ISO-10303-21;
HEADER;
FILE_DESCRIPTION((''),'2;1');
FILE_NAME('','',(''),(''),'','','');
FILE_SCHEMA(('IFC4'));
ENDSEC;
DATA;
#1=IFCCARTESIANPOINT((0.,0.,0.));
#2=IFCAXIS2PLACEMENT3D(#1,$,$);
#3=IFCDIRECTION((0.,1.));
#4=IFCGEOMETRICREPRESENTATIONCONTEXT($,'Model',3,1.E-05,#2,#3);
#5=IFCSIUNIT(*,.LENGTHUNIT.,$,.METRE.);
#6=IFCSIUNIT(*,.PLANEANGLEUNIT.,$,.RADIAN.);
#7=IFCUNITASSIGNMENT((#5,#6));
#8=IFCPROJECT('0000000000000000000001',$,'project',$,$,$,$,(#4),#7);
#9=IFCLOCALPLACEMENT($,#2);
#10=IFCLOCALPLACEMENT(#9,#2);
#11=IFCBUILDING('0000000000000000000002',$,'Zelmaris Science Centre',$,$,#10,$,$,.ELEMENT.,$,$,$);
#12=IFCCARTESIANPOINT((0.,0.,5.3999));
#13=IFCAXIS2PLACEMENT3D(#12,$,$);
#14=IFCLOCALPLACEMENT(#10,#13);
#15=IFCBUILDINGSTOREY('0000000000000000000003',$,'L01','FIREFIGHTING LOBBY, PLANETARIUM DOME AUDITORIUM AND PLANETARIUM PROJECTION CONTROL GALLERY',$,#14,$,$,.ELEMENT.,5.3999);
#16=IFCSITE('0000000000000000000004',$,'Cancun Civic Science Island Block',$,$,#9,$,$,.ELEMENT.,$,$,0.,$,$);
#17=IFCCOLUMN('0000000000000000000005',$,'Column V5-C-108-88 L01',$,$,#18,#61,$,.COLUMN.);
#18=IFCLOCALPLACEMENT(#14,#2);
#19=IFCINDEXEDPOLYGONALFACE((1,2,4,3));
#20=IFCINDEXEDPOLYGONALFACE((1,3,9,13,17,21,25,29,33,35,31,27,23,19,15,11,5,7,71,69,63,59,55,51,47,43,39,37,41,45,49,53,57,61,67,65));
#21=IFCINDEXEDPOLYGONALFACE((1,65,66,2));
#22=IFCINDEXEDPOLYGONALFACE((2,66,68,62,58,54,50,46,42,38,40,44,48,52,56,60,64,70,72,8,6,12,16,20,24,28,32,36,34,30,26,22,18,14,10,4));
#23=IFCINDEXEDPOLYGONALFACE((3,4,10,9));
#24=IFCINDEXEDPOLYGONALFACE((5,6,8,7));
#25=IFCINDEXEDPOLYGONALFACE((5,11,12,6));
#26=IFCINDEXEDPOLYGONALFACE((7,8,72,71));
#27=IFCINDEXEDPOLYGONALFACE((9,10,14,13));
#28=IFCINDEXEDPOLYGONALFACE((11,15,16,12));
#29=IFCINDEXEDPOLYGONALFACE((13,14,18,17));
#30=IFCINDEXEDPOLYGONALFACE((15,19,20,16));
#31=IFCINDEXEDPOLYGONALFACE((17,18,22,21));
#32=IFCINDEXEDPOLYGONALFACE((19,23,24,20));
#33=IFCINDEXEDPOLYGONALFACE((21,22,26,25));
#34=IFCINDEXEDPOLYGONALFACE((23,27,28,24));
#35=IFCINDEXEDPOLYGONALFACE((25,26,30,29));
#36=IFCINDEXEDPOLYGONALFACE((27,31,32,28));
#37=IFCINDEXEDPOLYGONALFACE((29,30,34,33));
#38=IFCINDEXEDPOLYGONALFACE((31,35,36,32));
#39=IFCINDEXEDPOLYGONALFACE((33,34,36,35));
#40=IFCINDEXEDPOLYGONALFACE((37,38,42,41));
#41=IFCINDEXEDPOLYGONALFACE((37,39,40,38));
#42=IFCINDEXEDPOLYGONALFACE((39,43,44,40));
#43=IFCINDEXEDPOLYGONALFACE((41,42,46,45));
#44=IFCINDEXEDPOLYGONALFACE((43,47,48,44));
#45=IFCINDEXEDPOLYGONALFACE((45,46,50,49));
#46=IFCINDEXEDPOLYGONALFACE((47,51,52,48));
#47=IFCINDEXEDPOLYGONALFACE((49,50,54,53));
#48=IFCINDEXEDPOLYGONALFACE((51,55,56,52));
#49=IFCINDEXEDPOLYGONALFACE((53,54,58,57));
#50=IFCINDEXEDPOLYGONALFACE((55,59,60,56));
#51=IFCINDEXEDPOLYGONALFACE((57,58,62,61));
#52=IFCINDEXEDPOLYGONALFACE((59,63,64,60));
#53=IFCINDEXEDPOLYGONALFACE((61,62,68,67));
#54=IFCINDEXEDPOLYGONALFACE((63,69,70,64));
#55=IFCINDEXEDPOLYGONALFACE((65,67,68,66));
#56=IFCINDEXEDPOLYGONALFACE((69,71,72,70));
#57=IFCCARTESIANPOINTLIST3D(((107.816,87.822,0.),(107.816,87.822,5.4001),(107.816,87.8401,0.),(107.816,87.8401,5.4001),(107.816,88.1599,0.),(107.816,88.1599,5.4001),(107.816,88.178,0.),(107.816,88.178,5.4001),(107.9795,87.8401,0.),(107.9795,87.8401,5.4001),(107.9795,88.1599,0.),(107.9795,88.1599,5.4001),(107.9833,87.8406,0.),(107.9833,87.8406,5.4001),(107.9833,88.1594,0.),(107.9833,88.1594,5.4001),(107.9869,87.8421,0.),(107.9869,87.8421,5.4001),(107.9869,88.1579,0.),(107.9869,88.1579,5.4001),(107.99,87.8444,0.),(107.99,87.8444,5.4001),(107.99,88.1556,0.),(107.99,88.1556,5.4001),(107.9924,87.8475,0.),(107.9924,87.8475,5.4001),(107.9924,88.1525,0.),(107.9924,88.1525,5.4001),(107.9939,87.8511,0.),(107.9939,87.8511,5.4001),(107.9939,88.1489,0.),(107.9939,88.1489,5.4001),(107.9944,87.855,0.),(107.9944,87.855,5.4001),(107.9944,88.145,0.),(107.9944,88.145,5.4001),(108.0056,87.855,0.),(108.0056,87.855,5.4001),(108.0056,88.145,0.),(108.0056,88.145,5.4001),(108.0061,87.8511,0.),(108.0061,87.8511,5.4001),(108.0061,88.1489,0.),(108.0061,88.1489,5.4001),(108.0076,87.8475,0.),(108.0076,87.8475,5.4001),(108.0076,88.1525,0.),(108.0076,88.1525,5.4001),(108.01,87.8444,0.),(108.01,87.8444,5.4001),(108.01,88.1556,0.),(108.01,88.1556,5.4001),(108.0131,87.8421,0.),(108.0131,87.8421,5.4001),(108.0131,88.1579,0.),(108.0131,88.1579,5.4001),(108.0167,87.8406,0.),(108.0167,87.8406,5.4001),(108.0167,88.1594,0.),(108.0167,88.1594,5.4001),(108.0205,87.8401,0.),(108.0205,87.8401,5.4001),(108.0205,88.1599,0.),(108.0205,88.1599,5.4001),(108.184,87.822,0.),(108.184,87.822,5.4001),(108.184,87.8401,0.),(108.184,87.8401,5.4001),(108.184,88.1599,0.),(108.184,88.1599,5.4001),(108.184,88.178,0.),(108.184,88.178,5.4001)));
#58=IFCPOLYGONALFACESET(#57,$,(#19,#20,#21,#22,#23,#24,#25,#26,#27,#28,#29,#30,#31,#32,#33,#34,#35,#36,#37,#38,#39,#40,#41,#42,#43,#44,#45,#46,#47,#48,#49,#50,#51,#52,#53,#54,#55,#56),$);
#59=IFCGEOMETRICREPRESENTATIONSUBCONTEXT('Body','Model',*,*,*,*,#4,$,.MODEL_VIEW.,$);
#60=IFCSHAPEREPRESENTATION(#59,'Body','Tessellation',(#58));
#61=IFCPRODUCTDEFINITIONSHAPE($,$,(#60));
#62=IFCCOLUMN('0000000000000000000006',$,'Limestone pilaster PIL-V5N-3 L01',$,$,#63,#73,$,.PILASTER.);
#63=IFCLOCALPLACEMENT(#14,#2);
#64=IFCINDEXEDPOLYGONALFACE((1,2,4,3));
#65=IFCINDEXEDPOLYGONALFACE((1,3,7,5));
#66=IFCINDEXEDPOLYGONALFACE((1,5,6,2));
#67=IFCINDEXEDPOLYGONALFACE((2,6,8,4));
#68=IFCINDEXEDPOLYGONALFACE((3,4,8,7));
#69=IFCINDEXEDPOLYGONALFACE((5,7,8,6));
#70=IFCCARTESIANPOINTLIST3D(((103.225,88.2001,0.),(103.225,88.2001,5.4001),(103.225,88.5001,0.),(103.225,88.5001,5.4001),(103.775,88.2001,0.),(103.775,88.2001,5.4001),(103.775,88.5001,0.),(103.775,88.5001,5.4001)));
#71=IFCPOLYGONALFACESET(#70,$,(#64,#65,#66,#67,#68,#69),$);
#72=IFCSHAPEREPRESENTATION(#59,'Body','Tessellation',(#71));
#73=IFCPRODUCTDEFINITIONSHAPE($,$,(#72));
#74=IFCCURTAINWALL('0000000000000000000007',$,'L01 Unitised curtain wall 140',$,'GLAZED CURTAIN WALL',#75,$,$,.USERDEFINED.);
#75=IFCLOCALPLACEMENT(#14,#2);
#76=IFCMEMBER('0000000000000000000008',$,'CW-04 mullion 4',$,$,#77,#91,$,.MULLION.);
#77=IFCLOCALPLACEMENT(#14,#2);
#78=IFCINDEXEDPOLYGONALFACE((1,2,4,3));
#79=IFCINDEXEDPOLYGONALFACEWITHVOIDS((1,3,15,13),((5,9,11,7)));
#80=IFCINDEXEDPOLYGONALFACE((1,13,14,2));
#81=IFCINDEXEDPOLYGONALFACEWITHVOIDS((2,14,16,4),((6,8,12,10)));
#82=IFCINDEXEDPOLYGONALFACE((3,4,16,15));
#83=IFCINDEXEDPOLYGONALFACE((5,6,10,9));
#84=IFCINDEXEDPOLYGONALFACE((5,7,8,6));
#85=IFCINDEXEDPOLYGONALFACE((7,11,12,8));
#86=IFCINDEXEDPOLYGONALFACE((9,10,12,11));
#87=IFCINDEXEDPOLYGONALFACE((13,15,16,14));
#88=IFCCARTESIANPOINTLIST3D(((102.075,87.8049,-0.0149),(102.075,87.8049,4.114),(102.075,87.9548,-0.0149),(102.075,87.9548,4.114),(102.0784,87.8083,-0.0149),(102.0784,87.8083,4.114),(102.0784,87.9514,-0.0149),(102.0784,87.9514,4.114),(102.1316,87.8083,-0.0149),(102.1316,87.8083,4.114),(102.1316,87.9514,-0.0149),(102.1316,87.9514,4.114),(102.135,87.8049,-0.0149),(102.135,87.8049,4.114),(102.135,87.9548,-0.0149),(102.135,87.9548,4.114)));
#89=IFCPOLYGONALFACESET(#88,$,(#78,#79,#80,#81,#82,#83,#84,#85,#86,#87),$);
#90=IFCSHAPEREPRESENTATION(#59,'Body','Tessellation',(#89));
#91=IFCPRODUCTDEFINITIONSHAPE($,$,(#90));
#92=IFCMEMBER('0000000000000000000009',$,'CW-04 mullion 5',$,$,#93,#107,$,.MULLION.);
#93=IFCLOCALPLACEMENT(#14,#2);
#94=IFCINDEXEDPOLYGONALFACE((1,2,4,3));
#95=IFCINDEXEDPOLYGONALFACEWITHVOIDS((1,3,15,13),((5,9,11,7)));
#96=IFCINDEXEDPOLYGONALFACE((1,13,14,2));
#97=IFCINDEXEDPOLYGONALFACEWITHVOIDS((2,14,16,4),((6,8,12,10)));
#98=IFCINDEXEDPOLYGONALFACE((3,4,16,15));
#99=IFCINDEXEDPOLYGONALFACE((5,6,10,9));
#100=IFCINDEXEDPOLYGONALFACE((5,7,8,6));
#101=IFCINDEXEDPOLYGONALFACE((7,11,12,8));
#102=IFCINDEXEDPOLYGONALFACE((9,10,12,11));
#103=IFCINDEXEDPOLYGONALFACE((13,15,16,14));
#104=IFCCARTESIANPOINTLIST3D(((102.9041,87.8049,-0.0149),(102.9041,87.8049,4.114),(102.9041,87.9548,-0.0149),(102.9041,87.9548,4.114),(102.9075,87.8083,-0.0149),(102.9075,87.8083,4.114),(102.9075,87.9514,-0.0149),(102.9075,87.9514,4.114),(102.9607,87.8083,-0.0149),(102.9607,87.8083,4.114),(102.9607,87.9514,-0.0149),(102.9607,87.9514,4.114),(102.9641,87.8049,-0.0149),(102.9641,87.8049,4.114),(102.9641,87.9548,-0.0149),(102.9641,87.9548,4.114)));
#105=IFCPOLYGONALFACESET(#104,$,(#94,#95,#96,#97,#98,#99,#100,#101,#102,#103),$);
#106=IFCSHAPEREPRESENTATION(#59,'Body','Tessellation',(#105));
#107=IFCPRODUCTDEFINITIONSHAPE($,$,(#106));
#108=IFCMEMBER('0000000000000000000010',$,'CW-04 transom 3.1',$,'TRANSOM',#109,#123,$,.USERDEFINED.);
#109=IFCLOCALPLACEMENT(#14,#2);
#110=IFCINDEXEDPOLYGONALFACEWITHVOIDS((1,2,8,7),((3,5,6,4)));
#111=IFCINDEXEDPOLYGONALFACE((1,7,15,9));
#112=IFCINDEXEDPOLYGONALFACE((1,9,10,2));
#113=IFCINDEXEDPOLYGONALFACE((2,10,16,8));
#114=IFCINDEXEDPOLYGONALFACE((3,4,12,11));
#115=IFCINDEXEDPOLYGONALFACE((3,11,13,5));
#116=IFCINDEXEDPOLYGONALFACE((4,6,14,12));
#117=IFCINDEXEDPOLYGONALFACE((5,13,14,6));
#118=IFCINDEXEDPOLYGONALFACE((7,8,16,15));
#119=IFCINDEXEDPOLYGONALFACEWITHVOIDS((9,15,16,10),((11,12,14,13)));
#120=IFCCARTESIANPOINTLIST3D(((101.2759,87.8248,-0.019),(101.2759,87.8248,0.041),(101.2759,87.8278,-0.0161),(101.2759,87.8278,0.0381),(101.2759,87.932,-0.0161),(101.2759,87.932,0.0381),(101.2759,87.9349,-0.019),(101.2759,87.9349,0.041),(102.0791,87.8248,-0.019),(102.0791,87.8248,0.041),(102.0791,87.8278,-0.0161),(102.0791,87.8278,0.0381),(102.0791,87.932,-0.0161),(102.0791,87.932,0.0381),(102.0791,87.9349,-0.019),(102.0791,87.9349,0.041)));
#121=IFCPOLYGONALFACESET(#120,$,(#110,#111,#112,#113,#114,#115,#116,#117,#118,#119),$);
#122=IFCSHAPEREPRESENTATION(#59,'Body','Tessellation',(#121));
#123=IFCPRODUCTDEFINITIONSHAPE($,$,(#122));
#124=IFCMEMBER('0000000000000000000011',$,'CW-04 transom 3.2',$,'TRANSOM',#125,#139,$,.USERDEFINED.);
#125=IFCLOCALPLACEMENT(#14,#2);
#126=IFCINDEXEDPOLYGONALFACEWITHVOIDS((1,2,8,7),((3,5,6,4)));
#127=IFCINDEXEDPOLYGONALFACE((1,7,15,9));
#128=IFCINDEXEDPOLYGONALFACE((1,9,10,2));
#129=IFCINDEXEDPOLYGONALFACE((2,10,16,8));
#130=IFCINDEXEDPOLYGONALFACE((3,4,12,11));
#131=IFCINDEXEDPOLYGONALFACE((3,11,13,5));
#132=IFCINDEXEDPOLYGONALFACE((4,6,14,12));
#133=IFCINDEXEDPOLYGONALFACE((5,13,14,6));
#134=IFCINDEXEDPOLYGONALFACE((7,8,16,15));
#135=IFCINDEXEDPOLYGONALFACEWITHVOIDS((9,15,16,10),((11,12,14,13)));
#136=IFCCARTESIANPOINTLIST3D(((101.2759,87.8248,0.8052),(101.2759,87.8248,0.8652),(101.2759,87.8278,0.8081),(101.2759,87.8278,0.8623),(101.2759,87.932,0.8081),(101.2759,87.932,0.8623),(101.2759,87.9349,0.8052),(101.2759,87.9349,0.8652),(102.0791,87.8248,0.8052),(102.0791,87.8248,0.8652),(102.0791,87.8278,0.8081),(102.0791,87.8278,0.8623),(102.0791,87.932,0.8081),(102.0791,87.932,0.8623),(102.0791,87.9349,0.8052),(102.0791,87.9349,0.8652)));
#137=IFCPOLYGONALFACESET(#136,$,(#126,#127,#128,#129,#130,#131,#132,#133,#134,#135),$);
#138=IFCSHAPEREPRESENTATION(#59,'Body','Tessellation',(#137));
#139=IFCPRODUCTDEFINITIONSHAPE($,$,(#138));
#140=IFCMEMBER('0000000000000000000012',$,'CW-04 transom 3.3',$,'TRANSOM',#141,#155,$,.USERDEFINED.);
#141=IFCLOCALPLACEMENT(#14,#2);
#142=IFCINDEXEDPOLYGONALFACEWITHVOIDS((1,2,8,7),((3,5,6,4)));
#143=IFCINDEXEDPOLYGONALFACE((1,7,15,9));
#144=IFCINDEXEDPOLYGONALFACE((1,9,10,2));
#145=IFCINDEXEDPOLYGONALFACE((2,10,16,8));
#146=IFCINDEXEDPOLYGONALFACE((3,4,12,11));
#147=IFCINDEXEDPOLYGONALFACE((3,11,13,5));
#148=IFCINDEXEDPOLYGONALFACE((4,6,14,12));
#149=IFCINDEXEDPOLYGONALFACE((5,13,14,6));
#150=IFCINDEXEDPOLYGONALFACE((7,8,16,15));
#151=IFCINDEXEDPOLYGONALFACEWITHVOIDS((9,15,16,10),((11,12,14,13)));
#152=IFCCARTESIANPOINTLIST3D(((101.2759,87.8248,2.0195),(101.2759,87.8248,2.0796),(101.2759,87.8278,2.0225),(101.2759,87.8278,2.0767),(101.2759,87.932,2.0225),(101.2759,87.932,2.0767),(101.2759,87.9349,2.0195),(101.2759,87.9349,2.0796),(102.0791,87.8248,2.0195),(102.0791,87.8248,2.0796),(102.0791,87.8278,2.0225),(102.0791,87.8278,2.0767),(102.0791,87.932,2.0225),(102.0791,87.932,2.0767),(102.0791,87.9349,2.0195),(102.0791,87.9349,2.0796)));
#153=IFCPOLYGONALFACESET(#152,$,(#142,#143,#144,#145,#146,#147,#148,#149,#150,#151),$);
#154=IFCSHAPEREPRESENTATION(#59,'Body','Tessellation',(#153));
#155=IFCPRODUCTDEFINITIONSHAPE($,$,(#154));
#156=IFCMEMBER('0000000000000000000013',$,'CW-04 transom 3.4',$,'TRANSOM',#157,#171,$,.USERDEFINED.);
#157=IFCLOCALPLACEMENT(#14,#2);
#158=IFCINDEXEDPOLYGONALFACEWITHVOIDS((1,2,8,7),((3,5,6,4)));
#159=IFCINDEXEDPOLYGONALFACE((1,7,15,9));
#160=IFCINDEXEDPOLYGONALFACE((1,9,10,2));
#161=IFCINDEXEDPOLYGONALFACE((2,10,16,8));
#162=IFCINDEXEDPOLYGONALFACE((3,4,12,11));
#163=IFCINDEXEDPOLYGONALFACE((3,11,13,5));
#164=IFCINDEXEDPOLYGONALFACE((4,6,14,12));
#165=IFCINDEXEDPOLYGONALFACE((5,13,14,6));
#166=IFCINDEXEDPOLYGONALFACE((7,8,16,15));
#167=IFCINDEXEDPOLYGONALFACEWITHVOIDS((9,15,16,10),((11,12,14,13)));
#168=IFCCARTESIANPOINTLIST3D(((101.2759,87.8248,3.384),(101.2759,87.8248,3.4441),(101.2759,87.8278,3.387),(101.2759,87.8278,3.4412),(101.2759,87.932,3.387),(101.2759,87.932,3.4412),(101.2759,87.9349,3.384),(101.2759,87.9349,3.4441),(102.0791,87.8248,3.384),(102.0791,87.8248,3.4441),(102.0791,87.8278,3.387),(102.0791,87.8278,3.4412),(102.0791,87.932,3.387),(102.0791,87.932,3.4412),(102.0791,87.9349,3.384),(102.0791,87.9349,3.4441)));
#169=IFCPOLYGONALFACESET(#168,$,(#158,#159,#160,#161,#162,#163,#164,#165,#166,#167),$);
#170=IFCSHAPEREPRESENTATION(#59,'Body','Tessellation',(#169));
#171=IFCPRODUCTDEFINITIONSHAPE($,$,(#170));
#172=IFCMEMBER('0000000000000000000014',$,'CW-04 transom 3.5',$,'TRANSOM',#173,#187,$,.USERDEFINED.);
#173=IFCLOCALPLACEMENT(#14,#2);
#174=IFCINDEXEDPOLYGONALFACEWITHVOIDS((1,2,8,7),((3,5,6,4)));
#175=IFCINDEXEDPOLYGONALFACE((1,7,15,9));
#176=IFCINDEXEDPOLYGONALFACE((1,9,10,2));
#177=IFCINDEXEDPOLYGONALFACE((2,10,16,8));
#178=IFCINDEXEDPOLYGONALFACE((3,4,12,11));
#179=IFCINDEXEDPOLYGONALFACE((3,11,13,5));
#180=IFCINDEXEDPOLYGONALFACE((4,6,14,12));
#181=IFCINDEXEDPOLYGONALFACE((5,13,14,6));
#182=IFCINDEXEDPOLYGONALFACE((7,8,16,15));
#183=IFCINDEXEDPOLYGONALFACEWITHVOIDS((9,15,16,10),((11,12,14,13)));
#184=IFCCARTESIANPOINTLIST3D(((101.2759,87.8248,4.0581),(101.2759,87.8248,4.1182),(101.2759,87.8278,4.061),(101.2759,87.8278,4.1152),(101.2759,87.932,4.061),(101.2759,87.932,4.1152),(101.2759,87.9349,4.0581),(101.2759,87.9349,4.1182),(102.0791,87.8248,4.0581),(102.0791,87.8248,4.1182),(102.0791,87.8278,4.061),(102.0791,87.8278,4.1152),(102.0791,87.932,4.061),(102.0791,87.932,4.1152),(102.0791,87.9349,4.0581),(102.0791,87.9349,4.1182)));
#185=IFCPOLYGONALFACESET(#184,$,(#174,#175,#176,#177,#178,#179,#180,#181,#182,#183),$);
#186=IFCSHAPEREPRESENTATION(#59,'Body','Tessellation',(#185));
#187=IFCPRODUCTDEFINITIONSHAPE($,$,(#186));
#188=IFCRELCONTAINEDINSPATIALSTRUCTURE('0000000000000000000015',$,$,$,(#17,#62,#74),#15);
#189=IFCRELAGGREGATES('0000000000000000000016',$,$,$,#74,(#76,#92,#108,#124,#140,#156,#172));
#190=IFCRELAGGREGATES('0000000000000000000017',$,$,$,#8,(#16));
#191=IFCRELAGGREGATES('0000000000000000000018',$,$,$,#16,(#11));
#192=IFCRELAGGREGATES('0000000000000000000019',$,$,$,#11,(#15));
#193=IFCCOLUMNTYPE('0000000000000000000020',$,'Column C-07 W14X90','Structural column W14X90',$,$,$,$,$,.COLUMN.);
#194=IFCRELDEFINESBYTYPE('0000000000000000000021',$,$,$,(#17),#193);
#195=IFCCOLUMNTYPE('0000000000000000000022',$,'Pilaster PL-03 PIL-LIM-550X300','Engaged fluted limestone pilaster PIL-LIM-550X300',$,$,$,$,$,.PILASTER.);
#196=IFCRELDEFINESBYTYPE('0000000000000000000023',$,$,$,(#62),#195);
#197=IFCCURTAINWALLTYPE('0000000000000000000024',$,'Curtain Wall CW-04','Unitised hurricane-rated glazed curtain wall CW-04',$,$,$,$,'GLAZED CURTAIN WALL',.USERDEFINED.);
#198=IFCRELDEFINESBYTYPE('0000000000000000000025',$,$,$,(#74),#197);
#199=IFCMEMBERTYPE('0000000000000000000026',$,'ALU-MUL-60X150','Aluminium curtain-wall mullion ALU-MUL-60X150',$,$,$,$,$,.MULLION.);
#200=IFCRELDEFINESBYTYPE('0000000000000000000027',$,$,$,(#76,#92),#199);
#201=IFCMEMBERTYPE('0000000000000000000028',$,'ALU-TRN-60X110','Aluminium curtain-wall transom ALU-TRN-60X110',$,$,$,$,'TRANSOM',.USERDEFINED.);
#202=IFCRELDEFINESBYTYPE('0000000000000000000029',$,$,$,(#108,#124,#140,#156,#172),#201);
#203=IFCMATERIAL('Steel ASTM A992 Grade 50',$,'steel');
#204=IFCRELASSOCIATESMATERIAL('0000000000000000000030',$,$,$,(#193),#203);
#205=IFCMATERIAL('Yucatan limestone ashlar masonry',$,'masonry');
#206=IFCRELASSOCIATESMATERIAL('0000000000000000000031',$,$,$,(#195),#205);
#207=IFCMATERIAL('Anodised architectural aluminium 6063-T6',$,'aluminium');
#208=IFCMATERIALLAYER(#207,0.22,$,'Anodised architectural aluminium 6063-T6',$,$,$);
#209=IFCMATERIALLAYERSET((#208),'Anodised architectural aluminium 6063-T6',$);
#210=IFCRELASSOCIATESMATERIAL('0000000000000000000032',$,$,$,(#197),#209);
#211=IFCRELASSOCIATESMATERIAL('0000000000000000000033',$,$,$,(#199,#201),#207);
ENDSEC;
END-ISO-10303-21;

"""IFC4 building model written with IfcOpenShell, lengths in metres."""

from ifc_helpers import new_model, si_unit, direction, frame, origin, origin_2d, place, context, subcontext, project, spatial, rectangle, hollow_rectangle, i_section, extrude, material, layer, layer_set, material_profile, profile_set, type_object, element, aggregate, save


model = new_model("IFC4")

# Units and contexts
model_context = context("Model", 3, precision=1e-05, world=origin(), true_north=direction((0.0, 1.0)))
body_context = subcontext(model_context, "Body", "Model", "MODEL_VIEW")
ifc_project = project(units=[si_unit("LENGTHUNIT", "METRE"), si_unit("PLANEANGLEUNIT", "RADIAN")], contexts=[model_context])

# Site, building, storey
site_placement = place(None, origin())
site = spatial("IfcSite", under=ifc_project, at=site_placement, Name="Cancun Civic Science Island Block", CompositionType="ELEMENT", RefElevation=0.0)
building_placement = place(site_placement, origin())
building = spatial("IfcBuilding", under=site, at=building_placement, Name="Zelmaris Science Centre", CompositionType="ELEMENT")
storey_placement = place(building_placement, frame((0.0, 0.0, 5.3999)))
storey = spatial("IfcBuildingStorey", under=building, at=storey_placement, Name="L01", Description="FIREFIGHTING LOBBY, PLANETARIUM DOME AUDITORIUM AND PLANETARIUM PROJECTION CONTROL GALLERY", CompositionType="ELEMENT", Elevation=5.3999)

# Columns
ifc_material_1 = material(Name="Steel ASTM A992 Grade 50", Category="steel")
ifc_material_profile_1 = material_profile(ifc_material_1, i_section(OverallWidth=0.3679, OverallDepth=0.356, WebThickness=0.0112, FlangeThickness=0.0181, FilletRadius=0.0149, at=origin_2d()), Name="W14X90")
ifc_profile_set_1 = profile_set([ifc_material_profile_1], Name="Steel ASTM A992 Grade 50")
column_type_1 = type_object("IfcColumnType", Name="Column C-07 W14X90", Description="Structural column W14X90", PredefinedType="COLUMN", material=ifc_profile_set_1)
column_1_placement = place(storey_placement, frame((108.0, 88.0, 0.0), z_axis=(0.0, 0.0, 1.0), x_axis=(1.0, 0.0, 0.0)))
element("IfcColumn", 1, at=column_1_placement, inside=storey, type_object=column_type_1, Name="Column V5-C-108-88 L01", PredefinedType="COLUMN", context=body_context, shape_type="SweptSolid", body=[
    extrude(i_section(OverallWidth=0.3679, OverallDepth=0.356, WebThickness=0.0112, FlangeThickness=0.0181, FilletRadius=0.0149, at=origin_2d()), origin(), (0.0, 0.0, 1.0), 5.4001),
])
ifc_material_2 = material(Name="Yucatan limestone ashlar masonry", Category="masonry")
ifc_material_profile_2 = material_profile(ifc_material_2, rectangle(XDim=0.55, YDim=0.3, at=origin_2d()), Name="PIL-LIM-550X300")
ifc_profile_set_2 = profile_set([ifc_material_profile_2], Name="Yucatan limestone ashlar masonry")
column_type_2 = type_object("IfcColumnType", Name="Pilaster PL-03 PIL-LIM-550X300", Description="Engaged fluted limestone pilaster PIL-LIM-550X300", PredefinedType="PILASTER", material=ifc_profile_set_2)
column_2_placement = place(storey_placement, frame((103.5, 88.3501, 0.0), z_axis=(0.0, 0.0, 1.0), x_axis=(1.0, 0.0, 0.0)))
element("IfcColumn", 2, at=column_2_placement, inside=storey, type_object=column_type_2, Name="Limestone pilaster PIL-V5N-3 L01", PredefinedType="PILASTER", context=body_context, shape_type="SweptSolid", body=[
    extrude(rectangle(XDim=0.55, YDim=0.3, at=origin_2d()), origin(), (0.0, 0.0, 1.0), 5.4001),
])

# Curtain wall, members
ifc_material_3 = material(Name="Anodised architectural aluminium 6063-T6", Category="aluminium")
ifc_layer_1 = layer(ifc_material_3, 0.22, Name="Anodised architectural aluminium 6063-T6")
ifc_layer_set_1 = layer_set([ifc_layer_1], Name="Anodised architectural aluminium 6063-T6")
curtain_wall_type = type_object("IfcCurtainWallType", Name="Curtain Wall CW-04", Description="Unitised hurricane-rated glazed curtain wall CW-04", ElementType="GLAZED CURTAIN WALL", PredefinedType="USERDEFINED", material=ifc_layer_set_1)
curtain_wall_placement = place(storey_placement, origin())
curtain_wall = element("IfcCurtainWall", 3, at=curtain_wall_placement, inside=storey, type_object=curtain_wall_type, Name="L01 Unitised curtain wall 140", ObjectType="GLAZED CURTAIN WALL", PredefinedType="USERDEFINED")
ifc_material_profile_3 = material_profile(ifc_material_3, hollow_rectangle(XDim=0.0601, YDim=0.1499, WallThickness=0.0034, at=origin_2d()), Name="ALU-MUL-60X150")
ifc_profile_set_3 = profile_set([ifc_material_profile_3], Name="Anodised architectural aluminium 6063-T6")
member_type_1 = type_object("IfcMemberType", Name="ALU-MUL-60X150", Description="Aluminium curtain-wall mullion ALU-MUL-60X150", PredefinedType="MULLION", material=ifc_profile_set_3)
member_1_placement = place(storey_placement, frame((102.105, 87.8799, -0.0149), z_axis=(0.0, 0.0, 1.0), x_axis=(1.0, 0.0, 0.0)))
member_1 = element("IfcMember", 4, at=member_1_placement, type_object=member_type_1, Name="CW-04 mullion 4", PredefinedType="MULLION", context=body_context, shape_type="SweptSolid", body=[
    extrude(hollow_rectangle(XDim=0.0601, YDim=0.1499, WallThickness=0.0034, at=origin_2d()), origin(), (0.0, 0.0, 1.0), 4.1289),
])
member_2_placement = place(storey_placement, frame((102.9341, 87.8799, -0.0149), z_axis=(0.0, 0.0, 1.0), x_axis=(1.0, 0.0, 0.0)))
member_2 = element("IfcMember", 5, at=member_2_placement, type_object=member_type_1, Name="CW-04 mullion 5", PredefinedType="MULLION", context=body_context, shape_type="SweptSolid", body=[
    extrude(hollow_rectangle(XDim=0.0601, YDim=0.1499, WallThickness=0.0034, at=origin_2d()), origin(), (0.0, 0.0, 1.0), 4.1289),
])
ifc_material_profile_4 = material_profile(ifc_material_3, hollow_rectangle(XDim=0.0601, YDim=0.1101, WallThickness=0.0029, at=origin_2d()), Name="ALU-TRN-60X110")
ifc_profile_set_4 = profile_set([ifc_material_profile_4], Name="Anodised architectural aluminium 6063-T6")
member_type_2 = type_object("IfcMemberType", Name="ALU-TRN-60X110", Description="Aluminium curtain-wall transom ALU-TRN-60X110", ElementType="TRANSOM", PredefinedType="USERDEFINED", material=ifc_profile_set_4)
member_3_placement = place(storey_placement, frame((101.2759, 87.8799, 0.011), z_axis=(1.0, 0.0, 0.0), x_axis=(0.0, 0.0, 1.0)))
member_3 = element("IfcMember", 6, at=member_3_placement, type_object=member_type_2, Name="CW-04 transom 3.1", ObjectType="TRANSOM", PredefinedType="USERDEFINED", context=body_context, shape_type="SweptSolid", body=[
    extrude(hollow_rectangle(XDim=0.0601, YDim=0.1101, WallThickness=0.0029, at=origin_2d()), origin(), (0.0, 0.0, 1.0), 0.8032),
])
member_4_placement = place(storey_placement, frame((101.2759, 87.8799, 0.8352), z_axis=(1.0, 0.0, 0.0), x_axis=(0.0, 0.0, 1.0)))
member_4 = element("IfcMember", 7, at=member_4_placement, type_object=member_type_2, Name="CW-04 transom 3.2", ObjectType="TRANSOM", PredefinedType="USERDEFINED", context=body_context, shape_type="SweptSolid", body=[
    extrude(hollow_rectangle(XDim=0.0601, YDim=0.1101, WallThickness=0.0029, at=origin_2d()), origin(), (0.0, 0.0, 1.0), 0.8032),
])
member_5_placement = place(storey_placement, frame((101.2759, 87.8799, 2.0496), z_axis=(1.0, 0.0, 0.0), x_axis=(0.0, 0.0, 1.0)))
member_5 = element("IfcMember", 8, at=member_5_placement, type_object=member_type_2, Name="CW-04 transom 3.3", ObjectType="TRANSOM", PredefinedType="USERDEFINED", context=body_context, shape_type="SweptSolid", body=[
    extrude(hollow_rectangle(XDim=0.0601, YDim=0.1101, WallThickness=0.0029, at=origin_2d()), origin(), (0.0, 0.0, 1.0), 0.8032),
])
member_6_placement = place(storey_placement, frame((101.2759, 87.8799, 3.4141), z_axis=(1.0, 0.0, 0.0), x_axis=(0.0, 0.0, 1.0)))
member_6 = element("IfcMember", 9, at=member_6_placement, type_object=member_type_2, Name="CW-04 transom 3.4", ObjectType="TRANSOM", PredefinedType="USERDEFINED", context=body_context, shape_type="SweptSolid", body=[
    extrude(hollow_rectangle(XDim=0.0601, YDim=0.1101, WallThickness=0.0029, at=origin_2d()), origin(), (0.0, 0.0, 1.0), 0.8032),
])
member_7_placement = place(storey_placement, frame((101.2759, 87.8799, 4.0881), z_axis=(1.0, 0.0, 0.0), x_axis=(0.0, 0.0, 1.0)))
member_7 = element("IfcMember", 10, at=member_7_placement, type_object=member_type_2, Name="CW-04 transom 3.5", ObjectType="TRANSOM", PredefinedType="USERDEFINED", context=body_context, shape_type="SweptSolid", body=[
    extrude(hollow_rectangle(XDim=0.0601, YDim=0.1101, WallThickness=0.0029, at=origin_2d()), origin(), (0.0, 0.0, 1.0), 0.8032),
])
aggregate(curtain_wall, [member_1, member_2, member_3, member_4, member_5, member_6, member_7])

save(model, "model.ifc")
